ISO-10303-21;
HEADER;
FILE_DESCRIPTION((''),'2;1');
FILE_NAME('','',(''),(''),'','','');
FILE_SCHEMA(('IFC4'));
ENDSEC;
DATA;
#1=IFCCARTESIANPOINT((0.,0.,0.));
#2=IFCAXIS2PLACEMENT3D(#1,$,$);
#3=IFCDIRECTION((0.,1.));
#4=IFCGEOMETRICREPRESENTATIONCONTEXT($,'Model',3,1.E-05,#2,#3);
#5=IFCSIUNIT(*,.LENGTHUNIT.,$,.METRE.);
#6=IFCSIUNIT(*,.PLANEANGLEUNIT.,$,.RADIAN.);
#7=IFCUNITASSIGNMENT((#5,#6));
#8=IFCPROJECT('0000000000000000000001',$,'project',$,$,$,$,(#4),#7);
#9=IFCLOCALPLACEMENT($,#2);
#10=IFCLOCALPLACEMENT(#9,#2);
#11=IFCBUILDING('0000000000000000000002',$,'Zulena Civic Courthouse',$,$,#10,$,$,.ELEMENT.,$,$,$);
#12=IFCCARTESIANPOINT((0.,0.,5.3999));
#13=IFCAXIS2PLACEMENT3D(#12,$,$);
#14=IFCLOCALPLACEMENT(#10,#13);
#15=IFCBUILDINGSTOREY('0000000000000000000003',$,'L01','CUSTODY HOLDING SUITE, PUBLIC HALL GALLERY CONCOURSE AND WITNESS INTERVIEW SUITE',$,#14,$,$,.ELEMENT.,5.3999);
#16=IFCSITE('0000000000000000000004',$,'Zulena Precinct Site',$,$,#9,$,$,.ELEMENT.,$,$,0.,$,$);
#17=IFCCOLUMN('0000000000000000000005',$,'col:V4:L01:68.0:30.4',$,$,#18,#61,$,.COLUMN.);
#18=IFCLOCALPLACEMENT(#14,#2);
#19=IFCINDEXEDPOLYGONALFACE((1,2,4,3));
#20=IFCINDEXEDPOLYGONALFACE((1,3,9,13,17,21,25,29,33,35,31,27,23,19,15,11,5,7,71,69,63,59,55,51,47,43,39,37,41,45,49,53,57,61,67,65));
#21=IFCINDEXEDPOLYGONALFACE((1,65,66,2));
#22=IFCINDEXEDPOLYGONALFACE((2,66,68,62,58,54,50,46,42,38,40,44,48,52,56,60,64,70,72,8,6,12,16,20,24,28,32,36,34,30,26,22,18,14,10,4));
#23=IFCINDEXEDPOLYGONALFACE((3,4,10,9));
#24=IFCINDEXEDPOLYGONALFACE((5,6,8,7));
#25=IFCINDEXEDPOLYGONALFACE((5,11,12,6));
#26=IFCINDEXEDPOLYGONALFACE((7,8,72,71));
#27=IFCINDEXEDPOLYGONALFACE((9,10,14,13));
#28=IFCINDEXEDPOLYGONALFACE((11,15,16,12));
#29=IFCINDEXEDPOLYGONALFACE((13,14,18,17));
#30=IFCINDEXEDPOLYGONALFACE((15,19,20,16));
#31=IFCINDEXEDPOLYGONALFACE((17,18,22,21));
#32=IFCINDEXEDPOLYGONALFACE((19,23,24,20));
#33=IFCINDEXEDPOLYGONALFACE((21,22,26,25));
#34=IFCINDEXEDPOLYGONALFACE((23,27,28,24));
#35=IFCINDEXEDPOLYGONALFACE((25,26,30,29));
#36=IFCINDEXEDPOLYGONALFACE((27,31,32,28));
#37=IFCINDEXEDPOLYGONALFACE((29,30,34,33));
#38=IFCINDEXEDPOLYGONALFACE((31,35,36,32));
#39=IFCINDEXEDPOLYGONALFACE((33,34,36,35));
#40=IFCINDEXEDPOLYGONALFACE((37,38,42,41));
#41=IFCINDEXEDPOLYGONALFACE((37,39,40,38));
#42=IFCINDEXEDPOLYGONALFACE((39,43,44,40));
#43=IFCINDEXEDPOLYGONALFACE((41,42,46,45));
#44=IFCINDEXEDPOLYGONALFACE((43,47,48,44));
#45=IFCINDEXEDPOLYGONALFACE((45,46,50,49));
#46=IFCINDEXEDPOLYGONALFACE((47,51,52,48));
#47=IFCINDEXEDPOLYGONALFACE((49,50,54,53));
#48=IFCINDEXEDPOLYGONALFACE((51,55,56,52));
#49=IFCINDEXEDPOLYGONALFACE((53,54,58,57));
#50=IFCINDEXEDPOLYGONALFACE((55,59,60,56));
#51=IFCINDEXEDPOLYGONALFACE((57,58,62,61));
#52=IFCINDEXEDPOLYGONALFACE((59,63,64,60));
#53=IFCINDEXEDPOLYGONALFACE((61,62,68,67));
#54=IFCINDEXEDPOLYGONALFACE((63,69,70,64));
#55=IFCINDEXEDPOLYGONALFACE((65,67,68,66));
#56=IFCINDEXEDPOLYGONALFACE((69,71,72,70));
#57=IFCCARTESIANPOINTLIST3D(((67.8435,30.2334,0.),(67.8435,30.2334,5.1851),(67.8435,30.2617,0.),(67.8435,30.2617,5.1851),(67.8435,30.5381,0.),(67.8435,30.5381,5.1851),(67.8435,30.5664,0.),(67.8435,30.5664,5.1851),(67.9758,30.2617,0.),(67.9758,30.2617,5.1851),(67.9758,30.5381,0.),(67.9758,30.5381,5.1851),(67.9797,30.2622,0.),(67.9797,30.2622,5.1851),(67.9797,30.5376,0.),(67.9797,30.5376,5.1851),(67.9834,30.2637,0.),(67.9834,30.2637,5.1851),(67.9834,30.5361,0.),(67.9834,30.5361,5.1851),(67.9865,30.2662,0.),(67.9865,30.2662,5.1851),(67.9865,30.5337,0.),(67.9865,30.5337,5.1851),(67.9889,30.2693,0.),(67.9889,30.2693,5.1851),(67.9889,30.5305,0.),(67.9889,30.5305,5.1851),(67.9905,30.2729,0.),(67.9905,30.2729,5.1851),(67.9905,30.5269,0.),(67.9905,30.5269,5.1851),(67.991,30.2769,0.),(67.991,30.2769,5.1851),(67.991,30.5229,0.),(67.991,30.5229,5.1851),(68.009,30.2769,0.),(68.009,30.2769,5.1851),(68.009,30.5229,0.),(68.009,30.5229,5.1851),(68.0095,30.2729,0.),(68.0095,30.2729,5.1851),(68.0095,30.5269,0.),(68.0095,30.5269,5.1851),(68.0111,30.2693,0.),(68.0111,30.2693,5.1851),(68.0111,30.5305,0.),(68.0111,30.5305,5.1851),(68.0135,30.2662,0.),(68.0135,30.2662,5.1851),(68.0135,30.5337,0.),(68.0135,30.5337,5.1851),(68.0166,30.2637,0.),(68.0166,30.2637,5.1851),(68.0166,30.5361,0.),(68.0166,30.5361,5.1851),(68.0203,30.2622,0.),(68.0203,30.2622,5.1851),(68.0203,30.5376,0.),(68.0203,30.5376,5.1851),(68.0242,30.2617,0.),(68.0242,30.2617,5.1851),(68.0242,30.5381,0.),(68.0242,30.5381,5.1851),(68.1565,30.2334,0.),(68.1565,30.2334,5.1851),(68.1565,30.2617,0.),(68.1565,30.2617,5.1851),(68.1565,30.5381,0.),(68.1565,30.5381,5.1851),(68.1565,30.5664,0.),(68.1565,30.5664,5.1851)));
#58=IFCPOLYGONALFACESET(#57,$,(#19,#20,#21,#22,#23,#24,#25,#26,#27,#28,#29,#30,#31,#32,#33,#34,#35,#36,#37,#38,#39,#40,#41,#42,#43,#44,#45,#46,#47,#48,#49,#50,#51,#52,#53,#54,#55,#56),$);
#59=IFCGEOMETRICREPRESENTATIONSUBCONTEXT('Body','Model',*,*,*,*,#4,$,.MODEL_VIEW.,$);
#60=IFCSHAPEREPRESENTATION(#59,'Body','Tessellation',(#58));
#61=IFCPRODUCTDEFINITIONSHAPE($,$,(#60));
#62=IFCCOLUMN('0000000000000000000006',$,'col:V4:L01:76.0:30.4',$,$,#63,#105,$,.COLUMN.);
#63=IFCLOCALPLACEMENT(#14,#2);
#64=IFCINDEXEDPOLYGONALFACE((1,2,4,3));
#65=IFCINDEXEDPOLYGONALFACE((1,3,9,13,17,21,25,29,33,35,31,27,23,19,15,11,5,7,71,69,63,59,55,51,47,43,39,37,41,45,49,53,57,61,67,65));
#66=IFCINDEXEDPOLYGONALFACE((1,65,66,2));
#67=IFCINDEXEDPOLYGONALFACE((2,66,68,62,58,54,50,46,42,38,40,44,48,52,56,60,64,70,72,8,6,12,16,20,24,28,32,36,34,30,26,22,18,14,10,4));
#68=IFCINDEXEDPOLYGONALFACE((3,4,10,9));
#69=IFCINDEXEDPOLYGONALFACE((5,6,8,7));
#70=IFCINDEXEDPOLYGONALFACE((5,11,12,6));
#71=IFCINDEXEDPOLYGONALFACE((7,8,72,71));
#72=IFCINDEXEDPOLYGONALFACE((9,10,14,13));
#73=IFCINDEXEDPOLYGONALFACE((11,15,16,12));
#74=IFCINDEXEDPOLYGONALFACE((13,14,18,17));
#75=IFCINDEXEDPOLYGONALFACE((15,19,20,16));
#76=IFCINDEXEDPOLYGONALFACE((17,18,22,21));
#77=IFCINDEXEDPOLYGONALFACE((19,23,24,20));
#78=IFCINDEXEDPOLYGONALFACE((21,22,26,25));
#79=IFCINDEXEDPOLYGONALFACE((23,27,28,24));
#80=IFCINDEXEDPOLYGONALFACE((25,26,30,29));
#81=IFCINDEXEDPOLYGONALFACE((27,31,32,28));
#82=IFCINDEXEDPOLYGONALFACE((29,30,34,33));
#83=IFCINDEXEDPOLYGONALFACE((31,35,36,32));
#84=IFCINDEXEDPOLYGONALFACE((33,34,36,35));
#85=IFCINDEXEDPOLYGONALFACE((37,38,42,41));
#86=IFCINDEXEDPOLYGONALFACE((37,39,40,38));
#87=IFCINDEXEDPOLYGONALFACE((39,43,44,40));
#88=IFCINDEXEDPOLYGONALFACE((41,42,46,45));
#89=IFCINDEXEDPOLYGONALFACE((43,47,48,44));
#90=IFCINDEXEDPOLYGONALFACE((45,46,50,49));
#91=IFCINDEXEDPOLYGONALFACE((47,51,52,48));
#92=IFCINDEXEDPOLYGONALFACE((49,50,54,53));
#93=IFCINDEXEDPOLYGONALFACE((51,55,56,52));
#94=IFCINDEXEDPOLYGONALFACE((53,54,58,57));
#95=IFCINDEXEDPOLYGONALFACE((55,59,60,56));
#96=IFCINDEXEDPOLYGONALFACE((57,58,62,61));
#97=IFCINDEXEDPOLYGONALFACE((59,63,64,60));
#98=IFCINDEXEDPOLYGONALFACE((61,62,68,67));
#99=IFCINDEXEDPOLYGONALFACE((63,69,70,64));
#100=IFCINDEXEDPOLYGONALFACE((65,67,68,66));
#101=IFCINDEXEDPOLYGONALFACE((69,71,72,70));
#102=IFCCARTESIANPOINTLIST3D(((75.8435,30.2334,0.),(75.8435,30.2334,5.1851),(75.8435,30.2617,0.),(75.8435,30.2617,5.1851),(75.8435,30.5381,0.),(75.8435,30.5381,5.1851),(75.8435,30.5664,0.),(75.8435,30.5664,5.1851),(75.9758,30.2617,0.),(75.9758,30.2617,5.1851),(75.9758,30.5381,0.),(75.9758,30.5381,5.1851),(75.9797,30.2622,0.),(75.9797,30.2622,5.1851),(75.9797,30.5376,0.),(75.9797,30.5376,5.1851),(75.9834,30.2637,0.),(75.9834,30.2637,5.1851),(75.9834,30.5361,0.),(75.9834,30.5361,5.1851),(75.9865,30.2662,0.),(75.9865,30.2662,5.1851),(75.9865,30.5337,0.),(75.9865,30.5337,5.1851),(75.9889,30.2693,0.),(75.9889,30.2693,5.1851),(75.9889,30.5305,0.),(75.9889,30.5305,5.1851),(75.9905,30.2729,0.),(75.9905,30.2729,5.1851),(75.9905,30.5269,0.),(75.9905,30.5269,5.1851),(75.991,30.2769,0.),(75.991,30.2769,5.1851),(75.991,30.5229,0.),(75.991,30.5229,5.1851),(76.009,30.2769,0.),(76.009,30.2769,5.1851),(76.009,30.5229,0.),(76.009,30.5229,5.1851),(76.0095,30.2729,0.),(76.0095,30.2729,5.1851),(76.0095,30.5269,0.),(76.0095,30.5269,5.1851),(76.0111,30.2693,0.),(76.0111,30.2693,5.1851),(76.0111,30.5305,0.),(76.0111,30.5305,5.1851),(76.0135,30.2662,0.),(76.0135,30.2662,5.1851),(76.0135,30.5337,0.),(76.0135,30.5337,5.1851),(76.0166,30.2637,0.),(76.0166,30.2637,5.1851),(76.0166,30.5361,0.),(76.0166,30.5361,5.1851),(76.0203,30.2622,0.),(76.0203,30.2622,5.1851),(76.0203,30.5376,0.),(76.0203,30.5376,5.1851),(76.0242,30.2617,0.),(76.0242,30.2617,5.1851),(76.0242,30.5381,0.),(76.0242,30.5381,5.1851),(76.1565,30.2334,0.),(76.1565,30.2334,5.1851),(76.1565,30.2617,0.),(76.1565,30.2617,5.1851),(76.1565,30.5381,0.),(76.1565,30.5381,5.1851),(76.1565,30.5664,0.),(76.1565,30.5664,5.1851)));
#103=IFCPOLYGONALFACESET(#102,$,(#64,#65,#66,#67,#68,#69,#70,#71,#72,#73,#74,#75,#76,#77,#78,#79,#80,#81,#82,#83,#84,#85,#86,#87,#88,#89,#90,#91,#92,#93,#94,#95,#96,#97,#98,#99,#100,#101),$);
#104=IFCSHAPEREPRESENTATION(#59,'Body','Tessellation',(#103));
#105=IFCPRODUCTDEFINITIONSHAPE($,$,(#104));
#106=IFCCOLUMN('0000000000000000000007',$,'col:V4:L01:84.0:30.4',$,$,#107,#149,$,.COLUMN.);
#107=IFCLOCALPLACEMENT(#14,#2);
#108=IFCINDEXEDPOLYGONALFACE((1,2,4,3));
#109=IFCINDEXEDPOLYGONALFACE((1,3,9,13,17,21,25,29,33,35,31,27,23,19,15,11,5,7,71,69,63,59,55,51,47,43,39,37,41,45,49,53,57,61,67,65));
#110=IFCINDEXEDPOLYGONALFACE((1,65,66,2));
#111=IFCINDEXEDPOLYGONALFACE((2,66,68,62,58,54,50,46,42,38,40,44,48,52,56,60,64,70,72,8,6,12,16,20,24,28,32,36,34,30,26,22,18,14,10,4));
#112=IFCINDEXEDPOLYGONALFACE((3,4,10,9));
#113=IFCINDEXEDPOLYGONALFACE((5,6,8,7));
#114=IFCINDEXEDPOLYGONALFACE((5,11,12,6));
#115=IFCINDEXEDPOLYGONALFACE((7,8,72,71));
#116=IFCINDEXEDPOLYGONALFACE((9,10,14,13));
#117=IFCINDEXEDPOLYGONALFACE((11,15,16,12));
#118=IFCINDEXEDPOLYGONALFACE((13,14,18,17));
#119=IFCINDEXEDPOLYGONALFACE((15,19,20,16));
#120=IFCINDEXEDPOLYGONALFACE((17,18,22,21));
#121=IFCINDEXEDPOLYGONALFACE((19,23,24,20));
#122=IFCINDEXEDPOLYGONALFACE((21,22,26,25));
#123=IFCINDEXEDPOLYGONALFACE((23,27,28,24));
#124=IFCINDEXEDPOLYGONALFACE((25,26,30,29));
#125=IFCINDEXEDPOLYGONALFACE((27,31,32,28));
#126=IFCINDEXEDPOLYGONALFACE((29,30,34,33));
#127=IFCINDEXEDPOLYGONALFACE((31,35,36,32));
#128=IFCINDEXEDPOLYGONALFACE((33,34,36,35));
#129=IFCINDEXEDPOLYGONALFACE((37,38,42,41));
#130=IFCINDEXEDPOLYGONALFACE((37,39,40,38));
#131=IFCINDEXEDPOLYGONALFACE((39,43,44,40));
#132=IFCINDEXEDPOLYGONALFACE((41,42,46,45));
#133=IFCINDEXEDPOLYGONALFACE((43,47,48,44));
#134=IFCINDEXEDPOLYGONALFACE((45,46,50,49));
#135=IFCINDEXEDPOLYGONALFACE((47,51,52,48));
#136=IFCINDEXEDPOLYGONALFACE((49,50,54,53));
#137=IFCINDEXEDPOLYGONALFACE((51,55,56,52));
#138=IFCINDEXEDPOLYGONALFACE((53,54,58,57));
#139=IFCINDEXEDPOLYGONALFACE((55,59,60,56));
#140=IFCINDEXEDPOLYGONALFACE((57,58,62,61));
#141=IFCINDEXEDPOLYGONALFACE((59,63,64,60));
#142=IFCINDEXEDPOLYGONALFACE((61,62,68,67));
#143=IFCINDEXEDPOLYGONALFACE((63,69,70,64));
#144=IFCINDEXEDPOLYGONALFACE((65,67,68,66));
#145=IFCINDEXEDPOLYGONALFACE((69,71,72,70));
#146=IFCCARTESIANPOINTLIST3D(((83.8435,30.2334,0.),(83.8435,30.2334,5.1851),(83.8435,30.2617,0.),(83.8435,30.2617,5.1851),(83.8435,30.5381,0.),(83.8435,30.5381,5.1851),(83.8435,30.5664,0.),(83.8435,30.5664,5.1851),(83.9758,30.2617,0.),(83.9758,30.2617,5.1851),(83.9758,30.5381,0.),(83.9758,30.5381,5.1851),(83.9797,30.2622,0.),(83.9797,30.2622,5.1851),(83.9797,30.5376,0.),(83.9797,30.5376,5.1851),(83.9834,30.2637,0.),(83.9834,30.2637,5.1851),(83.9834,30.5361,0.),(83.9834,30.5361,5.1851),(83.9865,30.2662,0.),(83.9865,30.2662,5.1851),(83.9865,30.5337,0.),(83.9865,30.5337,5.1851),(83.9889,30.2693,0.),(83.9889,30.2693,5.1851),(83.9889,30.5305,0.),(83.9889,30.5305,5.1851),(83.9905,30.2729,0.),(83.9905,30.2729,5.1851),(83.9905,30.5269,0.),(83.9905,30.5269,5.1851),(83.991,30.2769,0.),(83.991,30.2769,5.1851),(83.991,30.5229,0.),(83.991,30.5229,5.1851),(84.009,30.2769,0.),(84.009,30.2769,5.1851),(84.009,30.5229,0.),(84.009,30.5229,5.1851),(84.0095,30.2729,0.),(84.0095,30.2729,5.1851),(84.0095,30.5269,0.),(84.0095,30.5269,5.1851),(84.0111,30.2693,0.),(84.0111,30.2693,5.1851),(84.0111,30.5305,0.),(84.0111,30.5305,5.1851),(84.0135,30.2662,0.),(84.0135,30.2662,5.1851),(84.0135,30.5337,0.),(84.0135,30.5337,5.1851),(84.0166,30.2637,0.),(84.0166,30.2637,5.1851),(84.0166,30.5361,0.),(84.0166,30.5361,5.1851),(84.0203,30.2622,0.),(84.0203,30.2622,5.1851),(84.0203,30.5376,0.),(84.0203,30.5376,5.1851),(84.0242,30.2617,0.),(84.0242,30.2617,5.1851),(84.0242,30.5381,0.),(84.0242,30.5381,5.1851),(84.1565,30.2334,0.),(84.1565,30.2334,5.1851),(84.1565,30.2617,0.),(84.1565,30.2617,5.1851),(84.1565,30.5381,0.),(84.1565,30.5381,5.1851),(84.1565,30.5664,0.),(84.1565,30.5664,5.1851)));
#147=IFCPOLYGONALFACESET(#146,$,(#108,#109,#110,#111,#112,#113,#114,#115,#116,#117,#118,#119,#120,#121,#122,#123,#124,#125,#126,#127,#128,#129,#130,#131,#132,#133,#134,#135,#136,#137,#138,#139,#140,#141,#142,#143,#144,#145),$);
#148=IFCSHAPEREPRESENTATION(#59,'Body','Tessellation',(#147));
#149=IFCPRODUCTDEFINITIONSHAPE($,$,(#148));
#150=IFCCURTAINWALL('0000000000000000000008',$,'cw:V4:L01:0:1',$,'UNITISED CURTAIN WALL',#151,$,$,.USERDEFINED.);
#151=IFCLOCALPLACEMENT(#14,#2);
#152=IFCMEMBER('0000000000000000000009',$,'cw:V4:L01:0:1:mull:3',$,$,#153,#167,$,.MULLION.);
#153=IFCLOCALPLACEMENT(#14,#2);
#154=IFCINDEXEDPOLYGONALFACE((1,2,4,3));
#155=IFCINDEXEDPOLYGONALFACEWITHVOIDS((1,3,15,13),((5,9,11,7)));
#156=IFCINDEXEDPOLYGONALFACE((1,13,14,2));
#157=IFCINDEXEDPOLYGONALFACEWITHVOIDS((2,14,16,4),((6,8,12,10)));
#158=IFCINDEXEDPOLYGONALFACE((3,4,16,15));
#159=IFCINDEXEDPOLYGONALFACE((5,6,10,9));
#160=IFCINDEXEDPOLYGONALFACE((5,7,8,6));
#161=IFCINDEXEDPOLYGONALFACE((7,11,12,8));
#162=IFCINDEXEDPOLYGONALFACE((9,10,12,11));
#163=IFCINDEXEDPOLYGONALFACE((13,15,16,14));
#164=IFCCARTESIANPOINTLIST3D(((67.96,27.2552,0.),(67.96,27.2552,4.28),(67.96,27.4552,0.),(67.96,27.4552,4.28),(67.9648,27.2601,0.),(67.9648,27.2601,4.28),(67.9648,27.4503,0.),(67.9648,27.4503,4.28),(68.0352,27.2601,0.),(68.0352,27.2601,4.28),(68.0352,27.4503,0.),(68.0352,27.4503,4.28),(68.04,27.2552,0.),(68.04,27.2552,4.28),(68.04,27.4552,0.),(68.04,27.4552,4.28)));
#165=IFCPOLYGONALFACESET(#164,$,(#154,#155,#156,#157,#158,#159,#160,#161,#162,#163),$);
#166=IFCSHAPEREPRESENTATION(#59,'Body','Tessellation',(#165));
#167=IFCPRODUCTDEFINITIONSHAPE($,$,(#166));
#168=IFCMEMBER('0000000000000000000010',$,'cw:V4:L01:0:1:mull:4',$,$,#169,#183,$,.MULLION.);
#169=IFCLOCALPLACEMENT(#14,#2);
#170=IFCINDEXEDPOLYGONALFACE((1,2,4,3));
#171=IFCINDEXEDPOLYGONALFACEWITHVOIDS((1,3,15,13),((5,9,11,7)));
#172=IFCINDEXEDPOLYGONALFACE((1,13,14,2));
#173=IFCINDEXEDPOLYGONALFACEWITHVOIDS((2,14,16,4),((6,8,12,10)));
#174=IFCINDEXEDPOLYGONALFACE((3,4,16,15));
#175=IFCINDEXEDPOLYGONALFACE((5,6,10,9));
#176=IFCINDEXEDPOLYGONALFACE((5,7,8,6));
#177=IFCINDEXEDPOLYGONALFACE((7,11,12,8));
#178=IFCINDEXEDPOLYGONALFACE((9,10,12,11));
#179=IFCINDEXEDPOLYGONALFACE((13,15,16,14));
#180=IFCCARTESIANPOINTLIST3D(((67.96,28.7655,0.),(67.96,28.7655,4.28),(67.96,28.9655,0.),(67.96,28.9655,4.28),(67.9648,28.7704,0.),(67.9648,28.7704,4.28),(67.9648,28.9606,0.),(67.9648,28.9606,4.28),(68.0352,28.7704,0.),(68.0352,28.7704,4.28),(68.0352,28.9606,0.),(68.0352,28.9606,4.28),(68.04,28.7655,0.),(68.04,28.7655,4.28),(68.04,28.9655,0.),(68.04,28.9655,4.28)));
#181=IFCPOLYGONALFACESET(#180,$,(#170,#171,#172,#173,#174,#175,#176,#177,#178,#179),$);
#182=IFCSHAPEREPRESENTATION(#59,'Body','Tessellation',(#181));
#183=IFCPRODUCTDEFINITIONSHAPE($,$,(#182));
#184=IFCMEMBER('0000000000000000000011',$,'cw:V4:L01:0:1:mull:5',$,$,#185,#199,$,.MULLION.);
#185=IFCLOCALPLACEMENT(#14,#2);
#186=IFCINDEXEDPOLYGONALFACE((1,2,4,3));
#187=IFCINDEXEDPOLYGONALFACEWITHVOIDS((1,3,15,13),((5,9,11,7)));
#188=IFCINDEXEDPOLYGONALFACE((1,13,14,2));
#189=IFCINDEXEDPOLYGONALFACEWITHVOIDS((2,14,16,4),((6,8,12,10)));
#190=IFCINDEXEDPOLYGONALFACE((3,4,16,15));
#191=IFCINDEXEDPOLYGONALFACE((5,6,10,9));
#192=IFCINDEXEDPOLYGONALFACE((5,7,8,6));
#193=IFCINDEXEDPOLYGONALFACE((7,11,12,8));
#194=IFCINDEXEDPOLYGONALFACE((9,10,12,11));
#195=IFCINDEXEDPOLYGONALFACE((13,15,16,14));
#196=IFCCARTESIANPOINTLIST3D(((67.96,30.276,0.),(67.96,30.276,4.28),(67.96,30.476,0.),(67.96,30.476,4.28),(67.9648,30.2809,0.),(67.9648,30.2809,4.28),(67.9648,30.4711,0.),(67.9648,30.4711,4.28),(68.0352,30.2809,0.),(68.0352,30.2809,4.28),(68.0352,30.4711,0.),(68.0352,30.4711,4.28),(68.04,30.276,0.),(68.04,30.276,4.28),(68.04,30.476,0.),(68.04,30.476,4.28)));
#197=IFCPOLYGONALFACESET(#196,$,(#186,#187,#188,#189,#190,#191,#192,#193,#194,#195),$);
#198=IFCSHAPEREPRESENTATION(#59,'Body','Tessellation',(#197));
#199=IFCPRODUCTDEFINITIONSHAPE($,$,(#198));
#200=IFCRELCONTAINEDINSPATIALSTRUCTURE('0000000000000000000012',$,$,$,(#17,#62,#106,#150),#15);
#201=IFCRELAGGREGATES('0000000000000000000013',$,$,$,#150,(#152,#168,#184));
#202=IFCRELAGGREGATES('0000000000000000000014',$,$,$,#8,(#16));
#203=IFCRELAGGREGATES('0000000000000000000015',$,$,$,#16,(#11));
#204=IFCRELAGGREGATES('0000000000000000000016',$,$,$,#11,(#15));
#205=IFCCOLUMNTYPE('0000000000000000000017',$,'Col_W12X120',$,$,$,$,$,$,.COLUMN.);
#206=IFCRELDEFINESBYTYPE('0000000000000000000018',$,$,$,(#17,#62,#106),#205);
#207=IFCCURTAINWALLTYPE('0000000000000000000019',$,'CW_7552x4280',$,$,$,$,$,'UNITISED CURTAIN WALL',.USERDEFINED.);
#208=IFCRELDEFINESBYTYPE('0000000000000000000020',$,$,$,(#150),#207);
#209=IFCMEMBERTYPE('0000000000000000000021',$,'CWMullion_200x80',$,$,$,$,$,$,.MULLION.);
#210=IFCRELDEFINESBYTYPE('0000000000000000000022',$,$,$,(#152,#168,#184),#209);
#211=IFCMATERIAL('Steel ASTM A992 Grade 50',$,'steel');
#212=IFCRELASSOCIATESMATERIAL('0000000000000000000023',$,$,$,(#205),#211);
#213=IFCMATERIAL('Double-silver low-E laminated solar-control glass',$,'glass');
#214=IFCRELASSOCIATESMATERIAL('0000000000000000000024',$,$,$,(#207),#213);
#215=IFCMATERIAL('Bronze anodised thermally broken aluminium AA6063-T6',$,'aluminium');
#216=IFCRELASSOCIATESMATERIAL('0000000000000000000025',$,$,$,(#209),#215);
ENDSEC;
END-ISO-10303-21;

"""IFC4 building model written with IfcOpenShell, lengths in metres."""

from ifc_helpers import new_model, si_unit, direction, frame, origin, origin_2d, place, context, subcontext, project, spatial, hollow_rectangle, i_section, extrude, material, material_profile, profile_set, type_object, element, aggregate, save


model = new_model("IFC4")

# Units and contexts
model_context = context("Model", 3, precision=1e-05, world=origin(), true_north=direction((0.0, 1.0)))
body_context = subcontext(model_context, "Body", "Model", "MODEL_VIEW")
ifc_project = project(units=[si_unit("LENGTHUNIT", "METRE"), si_unit("PLANEANGLEUNIT", "RADIAN")], contexts=[model_context])

# Site, building, storey
site_placement = place(None, origin())
site = spatial("IfcSite", under=ifc_project, at=site_placement, Name="Zulena Precinct Site", CompositionType="ELEMENT", RefElevation=0.0)
building_placement = place(site_placement, origin())
building = spatial("IfcBuilding", under=site, at=building_placement, Name="Zulena Civic Courthouse", CompositionType="ELEMENT")
storey_placement = place(building_placement, frame((0.0, 0.0, 5.3999)))
storey = spatial("IfcBuildingStorey", under=building, at=storey_placement, Name="L01", Description="CUSTODY HOLDING SUITE, PUBLIC HALL GALLERY CONCOURSE AND WITNESS INTERVIEW SUITE", CompositionType="ELEMENT", Elevation=5.3999)

# Columns
ifc_material_1 = material(Name="Steel ASTM A992 Grade 50", Category="steel")
ifc_material_profile_1 = material_profile(ifc_material_1, i_section(OverallWidth=0.313, OverallDepth=0.333, WebThickness=0.0181, FlangeThickness=0.0283, FilletRadius=0.0151, at=origin_2d()), Name="W12X120")
ifc_profile_set_1 = profile_set([ifc_material_profile_1], Name="Steel ASTM A992 Grade 50")
column_type = type_object("IfcColumnType", Name="Col_W12X120", PredefinedType="COLUMN", material=ifc_profile_set_1)
for number, where, z_axis, x_axis, name in (
    (1, (68.0, 30.3999, 0.0), (0.0, 0.0, 1.0), (1.0, 0.0, 0.0), "col:V4:L01:68.0:30.4"),
    (2, (76.0, 30.3999, 0.0), (0.0, 0.0, 1.0), (1.0, 0.0, 0.0), "col:V4:L01:76.0:30.4"),
    (3, (84.0, 30.3999, 0.0), (0.0, 0.0, 1.0), (1.0, 0.0, 0.0), "col:V4:L01:84.0:30.4"),
):
    element("IfcColumn", number, at=place(storey_placement, frame(where, z_axis=z_axis, x_axis=x_axis)), inside=storey, type_object=column_type, Name=name, PredefinedType="COLUMN", context=body_context, shape_type="SweptSolid", body=[
        extrude(i_section(OverallWidth=0.313, OverallDepth=0.333, WebThickness=0.0181, FlangeThickness=0.0283, FilletRadius=0.0151, at=origin_2d()), origin(), (0.0, 0.0, 1.0), 5.1851),
    ])

# Curtain wall, members
ifc_material_2 = material(Name="Double-silver low-E laminated solar-control glass", Category="glass")
curtain_wall_type = type_object("IfcCurtainWallType", Name="CW_7552x4280", ElementType="UNITISED CURTAIN WALL", PredefinedType="USERDEFINED", material=ifc_material_2)
curtain_wall_placement = place(storey_placement, origin())
curtain_wall = element("IfcCurtainWall", 4, at=curtain_wall_placement, inside=storey, type_object=curtain_wall_type, Name="cw:V4:L01:0:1", ObjectType="UNITISED CURTAIN WALL", PredefinedType="USERDEFINED")
ifc_material_3 = material(Name="Bronze anodised thermally broken aluminium AA6063-T6", Category="aluminium")
ifc_material_profile_2 = material_profile(ifc_material_3, hollow_rectangle(XDim=0.0801, YDim=0.2, WallThickness=0.0049, at=origin_2d()), Name="CWM200X80X5")
ifc_profile_set_2 = profile_set([ifc_material_profile_2], Name="Bronze anodised thermally broken aluminium AA6063-T6")
member_type = type_object("IfcMemberType", Name="CWMullion_200x80", PredefinedType="MULLION", material=ifc_profile_set_2)
member_1_placement = place(storey_placement, frame((68.0, 27.3552, 0.0), z_axis=(0.0, 0.0, 1.0), x_axis=(1.0, 0.0, 0.0)))
member_1 = element("IfcMember", 5, at=member_1_placement, type_object=member_type, Name="cw:V4:L01:0:1:mull:3", PredefinedType="MULLION", context=body_context, shape_type="SweptSolid", body=[
    extrude(hollow_rectangle(XDim=0.0801, YDim=0.2, WallThickness=0.0049, at=origin_2d()), origin(), (0.0, 0.0, 1.0), 4.28),
])
member_2_placement = place(storey_placement, frame((68.0, 28.8655, 0.0), z_axis=(0.0, 0.0, 1.0), x_axis=(1.0, 0.0, 0.0)))
member_2 = element("IfcMember", 6, at=member_2_placement, type_object=member_type, Name="cw:V4:L01:0:1:mull:4", PredefinedType="MULLION", context=body_context, shape_type="SweptSolid", body=[
    extrude(hollow_rectangle(XDim=0.0801, YDim=0.2, WallThickness=0.0049, at=origin_2d()), origin(), (0.0, 0.0, 1.0), 4.28),
])
member_3_placement = place(storey_placement, frame((68.0, 30.376, 0.0), z_axis=(0.0, 0.0, 1.0), x_axis=(1.0, 0.0, 0.0)))
member_3 = element("IfcMember", 7, at=member_3_placement, type_object=member_type, Name="cw:V4:L01:0:1:mull:5", PredefinedType="MULLION", context=body_context, shape_type="SweptSolid", body=[
    extrude(hollow_rectangle(XDim=0.0801, YDim=0.2, WallThickness=0.0049, at=origin_2d()), origin(), (0.0, 0.0, 1.0), 4.28),
])

aggregate(curtain_wall, [member_1, member_2, member_3])

save(model, "model.ifc")
